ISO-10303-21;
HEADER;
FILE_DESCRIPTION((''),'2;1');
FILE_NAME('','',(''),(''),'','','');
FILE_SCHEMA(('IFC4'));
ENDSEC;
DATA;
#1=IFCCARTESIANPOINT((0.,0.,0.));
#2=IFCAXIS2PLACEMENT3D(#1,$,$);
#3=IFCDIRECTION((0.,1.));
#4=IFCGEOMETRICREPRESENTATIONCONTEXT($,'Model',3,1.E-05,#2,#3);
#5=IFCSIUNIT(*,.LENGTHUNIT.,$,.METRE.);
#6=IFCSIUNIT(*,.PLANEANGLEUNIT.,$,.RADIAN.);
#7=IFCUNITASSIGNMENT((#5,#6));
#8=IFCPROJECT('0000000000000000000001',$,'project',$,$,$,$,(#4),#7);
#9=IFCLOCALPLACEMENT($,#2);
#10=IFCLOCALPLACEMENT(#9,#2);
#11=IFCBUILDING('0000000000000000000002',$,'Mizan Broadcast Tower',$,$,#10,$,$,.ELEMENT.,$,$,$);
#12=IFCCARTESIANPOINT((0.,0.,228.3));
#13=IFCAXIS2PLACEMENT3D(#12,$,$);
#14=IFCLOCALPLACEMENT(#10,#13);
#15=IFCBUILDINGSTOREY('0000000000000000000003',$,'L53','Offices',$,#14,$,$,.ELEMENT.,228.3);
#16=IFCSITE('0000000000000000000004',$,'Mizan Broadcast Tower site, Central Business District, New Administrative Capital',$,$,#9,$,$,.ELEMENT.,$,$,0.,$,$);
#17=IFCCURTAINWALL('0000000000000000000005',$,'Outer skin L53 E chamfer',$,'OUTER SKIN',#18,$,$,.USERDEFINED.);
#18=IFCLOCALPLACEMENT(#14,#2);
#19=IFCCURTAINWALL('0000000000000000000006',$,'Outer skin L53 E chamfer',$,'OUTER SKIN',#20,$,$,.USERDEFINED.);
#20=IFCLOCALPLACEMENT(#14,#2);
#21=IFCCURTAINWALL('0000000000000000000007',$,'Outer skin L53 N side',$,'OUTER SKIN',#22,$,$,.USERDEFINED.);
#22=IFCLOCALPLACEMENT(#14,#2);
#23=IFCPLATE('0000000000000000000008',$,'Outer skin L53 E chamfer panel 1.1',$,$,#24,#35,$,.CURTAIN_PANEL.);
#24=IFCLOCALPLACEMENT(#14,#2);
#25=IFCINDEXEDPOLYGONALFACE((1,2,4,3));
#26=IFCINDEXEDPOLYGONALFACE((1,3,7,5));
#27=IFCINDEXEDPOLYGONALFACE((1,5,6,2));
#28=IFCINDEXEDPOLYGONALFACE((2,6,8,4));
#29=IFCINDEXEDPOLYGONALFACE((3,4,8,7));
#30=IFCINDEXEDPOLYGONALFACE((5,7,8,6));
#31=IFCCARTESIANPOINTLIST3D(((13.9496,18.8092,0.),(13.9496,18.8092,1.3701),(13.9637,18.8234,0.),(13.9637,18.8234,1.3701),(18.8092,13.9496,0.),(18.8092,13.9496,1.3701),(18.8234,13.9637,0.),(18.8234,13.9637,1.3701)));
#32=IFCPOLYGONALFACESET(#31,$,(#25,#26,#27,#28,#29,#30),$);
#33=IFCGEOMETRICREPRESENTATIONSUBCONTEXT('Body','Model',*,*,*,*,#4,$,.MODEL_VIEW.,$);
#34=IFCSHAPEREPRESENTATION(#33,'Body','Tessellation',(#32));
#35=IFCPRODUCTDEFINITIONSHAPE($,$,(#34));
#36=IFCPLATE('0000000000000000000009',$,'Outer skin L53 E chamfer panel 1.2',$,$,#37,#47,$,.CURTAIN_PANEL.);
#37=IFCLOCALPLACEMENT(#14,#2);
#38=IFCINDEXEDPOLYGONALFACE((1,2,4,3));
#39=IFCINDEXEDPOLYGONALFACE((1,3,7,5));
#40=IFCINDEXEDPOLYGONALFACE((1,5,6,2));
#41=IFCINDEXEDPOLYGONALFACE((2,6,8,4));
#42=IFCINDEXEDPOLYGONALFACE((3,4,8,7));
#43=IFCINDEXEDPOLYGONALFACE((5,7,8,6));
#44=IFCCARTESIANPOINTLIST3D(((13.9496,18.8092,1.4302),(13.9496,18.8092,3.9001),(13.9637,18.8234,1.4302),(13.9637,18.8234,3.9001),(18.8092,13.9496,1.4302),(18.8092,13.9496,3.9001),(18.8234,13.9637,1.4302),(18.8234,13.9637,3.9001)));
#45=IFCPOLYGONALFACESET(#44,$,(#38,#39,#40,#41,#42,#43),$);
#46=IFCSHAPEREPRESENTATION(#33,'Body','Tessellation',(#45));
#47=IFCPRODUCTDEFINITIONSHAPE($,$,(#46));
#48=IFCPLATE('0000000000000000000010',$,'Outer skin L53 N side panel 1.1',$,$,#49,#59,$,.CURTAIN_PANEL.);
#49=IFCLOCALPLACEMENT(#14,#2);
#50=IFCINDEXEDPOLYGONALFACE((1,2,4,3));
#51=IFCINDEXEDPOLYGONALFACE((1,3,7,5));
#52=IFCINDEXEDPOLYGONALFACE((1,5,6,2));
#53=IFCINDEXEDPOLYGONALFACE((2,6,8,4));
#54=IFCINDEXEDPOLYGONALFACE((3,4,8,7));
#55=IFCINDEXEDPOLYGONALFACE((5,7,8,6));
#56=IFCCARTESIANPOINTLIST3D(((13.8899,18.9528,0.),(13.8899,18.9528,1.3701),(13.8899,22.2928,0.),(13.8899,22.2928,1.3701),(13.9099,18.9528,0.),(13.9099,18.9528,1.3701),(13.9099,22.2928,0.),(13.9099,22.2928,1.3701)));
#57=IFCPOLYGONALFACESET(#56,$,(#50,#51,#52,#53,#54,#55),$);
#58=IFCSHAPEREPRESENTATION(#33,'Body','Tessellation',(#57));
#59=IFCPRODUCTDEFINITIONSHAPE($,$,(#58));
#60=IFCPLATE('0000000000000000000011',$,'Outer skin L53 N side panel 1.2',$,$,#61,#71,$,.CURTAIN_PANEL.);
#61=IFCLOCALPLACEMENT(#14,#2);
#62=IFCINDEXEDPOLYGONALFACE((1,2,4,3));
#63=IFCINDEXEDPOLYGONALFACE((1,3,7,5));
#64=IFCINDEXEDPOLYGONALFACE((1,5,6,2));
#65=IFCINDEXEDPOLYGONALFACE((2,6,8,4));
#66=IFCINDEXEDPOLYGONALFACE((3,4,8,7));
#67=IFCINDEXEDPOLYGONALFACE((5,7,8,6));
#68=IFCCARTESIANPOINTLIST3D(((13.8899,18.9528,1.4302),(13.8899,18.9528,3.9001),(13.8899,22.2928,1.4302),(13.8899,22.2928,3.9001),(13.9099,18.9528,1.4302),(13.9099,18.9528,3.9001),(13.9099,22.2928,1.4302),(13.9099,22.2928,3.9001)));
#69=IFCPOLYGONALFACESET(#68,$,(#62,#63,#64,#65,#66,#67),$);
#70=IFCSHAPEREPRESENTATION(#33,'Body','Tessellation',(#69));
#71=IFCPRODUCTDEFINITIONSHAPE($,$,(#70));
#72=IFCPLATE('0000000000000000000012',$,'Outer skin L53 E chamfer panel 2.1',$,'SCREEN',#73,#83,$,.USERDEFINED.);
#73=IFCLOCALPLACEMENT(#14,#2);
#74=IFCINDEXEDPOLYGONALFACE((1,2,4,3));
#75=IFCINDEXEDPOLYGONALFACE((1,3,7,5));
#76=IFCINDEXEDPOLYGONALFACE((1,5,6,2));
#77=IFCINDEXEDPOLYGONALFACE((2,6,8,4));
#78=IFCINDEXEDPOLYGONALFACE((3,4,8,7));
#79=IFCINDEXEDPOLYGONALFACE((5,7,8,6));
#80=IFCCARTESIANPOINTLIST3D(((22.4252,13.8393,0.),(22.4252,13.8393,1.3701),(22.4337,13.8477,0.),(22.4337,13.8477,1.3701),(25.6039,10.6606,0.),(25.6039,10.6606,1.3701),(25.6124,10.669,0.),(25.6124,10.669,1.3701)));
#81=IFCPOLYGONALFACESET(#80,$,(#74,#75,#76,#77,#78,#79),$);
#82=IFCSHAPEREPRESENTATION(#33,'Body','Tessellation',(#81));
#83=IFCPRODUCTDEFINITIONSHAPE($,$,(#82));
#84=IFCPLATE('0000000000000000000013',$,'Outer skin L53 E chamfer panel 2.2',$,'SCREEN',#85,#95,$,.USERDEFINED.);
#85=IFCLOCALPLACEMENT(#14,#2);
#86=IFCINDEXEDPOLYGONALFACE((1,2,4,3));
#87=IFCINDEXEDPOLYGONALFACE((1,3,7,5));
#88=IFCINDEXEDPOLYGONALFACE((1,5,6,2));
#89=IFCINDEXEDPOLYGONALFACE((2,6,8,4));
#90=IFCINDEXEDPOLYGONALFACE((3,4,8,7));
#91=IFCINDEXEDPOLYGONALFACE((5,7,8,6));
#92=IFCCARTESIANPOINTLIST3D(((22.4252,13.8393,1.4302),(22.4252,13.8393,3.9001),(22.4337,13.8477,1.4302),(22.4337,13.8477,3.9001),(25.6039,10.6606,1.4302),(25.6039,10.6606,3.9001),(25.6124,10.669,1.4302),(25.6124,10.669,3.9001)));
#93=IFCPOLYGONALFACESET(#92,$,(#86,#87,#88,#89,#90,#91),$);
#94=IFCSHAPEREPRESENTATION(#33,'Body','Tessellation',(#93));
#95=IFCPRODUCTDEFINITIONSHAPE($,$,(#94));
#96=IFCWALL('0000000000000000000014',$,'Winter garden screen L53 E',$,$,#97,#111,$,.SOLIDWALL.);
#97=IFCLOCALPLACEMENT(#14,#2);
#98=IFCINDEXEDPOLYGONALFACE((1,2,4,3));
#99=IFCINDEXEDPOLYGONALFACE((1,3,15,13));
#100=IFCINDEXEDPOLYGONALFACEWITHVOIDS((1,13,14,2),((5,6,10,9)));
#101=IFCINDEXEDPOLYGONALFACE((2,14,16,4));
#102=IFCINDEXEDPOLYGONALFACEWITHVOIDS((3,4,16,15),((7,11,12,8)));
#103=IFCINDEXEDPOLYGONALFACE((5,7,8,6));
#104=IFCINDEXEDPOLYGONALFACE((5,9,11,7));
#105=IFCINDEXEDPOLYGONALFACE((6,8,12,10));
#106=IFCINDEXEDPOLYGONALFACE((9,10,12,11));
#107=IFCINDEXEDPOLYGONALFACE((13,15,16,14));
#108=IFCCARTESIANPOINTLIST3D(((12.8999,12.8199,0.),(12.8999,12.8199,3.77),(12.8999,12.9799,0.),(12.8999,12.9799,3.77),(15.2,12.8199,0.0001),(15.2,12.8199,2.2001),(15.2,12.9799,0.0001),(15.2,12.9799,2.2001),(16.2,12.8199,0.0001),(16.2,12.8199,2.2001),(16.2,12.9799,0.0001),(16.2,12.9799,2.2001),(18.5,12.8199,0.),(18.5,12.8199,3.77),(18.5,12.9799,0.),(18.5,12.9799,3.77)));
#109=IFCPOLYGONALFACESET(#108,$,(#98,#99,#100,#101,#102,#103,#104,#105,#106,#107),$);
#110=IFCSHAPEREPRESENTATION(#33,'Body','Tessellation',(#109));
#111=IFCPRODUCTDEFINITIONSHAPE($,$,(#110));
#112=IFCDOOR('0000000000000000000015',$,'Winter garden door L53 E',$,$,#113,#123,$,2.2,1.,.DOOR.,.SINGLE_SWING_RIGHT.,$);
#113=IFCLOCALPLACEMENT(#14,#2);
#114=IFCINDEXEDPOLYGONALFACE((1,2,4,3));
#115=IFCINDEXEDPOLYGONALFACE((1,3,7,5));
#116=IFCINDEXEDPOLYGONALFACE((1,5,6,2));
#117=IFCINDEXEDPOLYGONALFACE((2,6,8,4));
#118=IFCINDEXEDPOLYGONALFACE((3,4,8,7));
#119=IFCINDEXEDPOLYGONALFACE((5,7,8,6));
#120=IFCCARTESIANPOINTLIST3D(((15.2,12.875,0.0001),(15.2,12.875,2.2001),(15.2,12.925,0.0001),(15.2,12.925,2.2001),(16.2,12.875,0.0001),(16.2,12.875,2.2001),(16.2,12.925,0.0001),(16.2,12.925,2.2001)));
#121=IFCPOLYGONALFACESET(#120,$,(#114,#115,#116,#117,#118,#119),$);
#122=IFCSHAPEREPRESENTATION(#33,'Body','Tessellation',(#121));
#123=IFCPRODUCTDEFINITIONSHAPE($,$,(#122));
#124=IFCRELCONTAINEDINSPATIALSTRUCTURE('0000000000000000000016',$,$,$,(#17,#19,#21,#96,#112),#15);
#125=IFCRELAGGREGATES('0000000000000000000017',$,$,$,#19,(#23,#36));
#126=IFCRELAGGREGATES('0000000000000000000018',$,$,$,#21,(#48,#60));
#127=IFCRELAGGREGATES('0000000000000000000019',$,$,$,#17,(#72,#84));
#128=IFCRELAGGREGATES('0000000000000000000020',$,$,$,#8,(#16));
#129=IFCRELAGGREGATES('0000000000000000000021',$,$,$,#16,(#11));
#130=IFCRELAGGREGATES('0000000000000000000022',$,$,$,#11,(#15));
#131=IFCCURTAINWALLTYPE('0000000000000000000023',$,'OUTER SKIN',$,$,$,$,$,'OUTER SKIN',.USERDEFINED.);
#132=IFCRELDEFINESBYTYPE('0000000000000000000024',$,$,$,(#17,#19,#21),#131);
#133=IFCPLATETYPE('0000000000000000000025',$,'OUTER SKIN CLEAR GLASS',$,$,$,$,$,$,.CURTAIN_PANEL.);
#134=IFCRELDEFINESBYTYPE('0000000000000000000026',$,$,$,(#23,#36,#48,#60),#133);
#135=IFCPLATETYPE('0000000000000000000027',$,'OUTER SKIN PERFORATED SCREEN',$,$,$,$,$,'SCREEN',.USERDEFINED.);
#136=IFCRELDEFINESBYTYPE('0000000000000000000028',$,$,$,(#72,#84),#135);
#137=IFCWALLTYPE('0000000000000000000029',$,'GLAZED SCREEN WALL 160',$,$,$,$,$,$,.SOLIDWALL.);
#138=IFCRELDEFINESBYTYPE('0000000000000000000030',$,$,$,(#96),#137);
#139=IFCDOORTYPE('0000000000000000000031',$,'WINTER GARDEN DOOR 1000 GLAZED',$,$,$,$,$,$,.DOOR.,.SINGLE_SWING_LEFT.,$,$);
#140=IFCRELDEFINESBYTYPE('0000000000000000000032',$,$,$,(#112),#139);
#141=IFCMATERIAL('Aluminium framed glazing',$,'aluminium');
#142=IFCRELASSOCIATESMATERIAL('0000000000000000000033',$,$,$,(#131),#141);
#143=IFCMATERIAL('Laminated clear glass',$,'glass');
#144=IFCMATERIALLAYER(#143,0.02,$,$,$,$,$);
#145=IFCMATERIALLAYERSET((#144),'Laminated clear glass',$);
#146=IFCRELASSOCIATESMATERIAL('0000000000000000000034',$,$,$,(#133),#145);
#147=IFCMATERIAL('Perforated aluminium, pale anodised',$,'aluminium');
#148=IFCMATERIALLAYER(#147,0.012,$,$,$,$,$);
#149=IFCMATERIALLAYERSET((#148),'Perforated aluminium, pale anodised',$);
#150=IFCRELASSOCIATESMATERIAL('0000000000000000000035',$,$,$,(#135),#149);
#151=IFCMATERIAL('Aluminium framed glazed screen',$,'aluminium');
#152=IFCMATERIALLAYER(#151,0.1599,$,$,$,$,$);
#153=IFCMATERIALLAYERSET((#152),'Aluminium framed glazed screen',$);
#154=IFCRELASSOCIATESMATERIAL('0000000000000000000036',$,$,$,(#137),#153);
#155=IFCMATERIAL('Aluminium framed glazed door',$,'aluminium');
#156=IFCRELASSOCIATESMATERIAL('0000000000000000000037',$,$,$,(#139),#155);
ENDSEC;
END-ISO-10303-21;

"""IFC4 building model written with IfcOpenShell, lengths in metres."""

from ifc_helpers import new_model, si_unit, direction, frame, frame_2d, origin, origin_2d, place, context, subcontext, project, spatial, rectangle, extrude, material, layer, layer_set, type_object, element, fill, aggregate, save


model = new_model("IFC4")

# Units and contexts
model_context = context("Model", 3, precision=1e-05, world=origin(), true_north=direction((0.0, 1.0)))
body_context = subcontext(model_context, "Body", "Model", "MODEL_VIEW")
ifc_project = project(units=[si_unit("LENGTHUNIT", "METRE"), si_unit("PLANEANGLEUNIT", "RADIAN")], contexts=[model_context])

# Site, building, storey
site_placement = place(None, origin())
site = spatial("IfcSite", under=ifc_project, at=site_placement, Name="Mizan Broadcast Tower site, Central Business District, New Administrative Capital", CompositionType="ELEMENT", RefElevation=0.0)
building_placement = place(site_placement, origin())
building = spatial("IfcBuilding", under=site, at=building_placement, Name="Mizan Broadcast Tower", CompositionType="ELEMENT")
storey_placement = place(building_placement, frame((0.0, 0.0, 228.3)))
storey = spatial("IfcBuildingStorey", under=building, at=storey_placement, Name="L53", Description="Offices", CompositionType="ELEMENT", Elevation=228.3)

# Curtain walls
ifc_material_1 = material(Name="Aluminium framed glazing", Category="aluminium")
curtain_wall_type_1 = type_object("IfcCurtainWallType", Name="OUTER SKIN", ElementType="OUTER SKIN", PredefinedType="USERDEFINED", material=ifc_material_1)
curtain_wall_1_placement = place(storey_placement, origin())
curtain_wall_1 = element("IfcCurtainWall", 1, at=curtain_wall_1_placement, inside=storey, type_object=curtain_wall_type_1, Name="Outer skin L53 E chamfer", ObjectType="OUTER SKIN", PredefinedType="USERDEFINED")
curtain_wall_2_placement = place(storey_placement, origin())
curtain_wall_2 = element("IfcCurtainWall", 2, at=curtain_wall_2_placement, inside=storey, type_object=curtain_wall_type_1, Name="Outer skin L53 E chamfer", ObjectType="OUTER SKIN", PredefinedType="USERDEFINED")
curtain_wall_3_placement = place(storey_placement, origin())
curtain_wall_3 = element("IfcCurtainWall", 3, at=curtain_wall_3_placement, inside=storey, type_object=curtain_wall_type_1, Name="Outer skin L53 N side", ObjectType="OUTER SKIN", PredefinedType="USERDEFINED")

# Plates
ifc_material_2 = material(Name="Laminated clear glass", Category="glass")
ifc_layer_1 = layer(ifc_material_2, 0.02)
ifc_layer_set_1 = layer_set([ifc_layer_1], Name="Laminated clear glass")
plate_type_1 = type_object("IfcPlateType", Name="OUTER SKIN CLEAR GLASS", PredefinedType="CURTAIN_PANEL", material=ifc_layer_set_1)
plate_1_placement = place(storey_placement, frame((16.3865, 16.3865, 0.0), z_axis=(0.0, 0.0, 1.0), x_axis=(-0.707107, 0.707107, 0.0)))
plate_1 = element("IfcPlate", 4, at=plate_1_placement, type_object=plate_type_1, Name="Outer skin L53 E chamfer panel 1.1", PredefinedType="CURTAIN_PANEL", context=body_context, shape_type="SweptSolid", body=[
    extrude(rectangle(XDim=6.8726, YDim=0.02, at=origin_2d()), origin(), (0.0, 0.0, 1.0), 1.3701),
])
plate_2_placement = place(storey_placement, frame((16.3865, 16.3865, 1.4302), z_axis=(0.0, 0.0, 1.0), x_axis=(-0.707107, 0.707107, 0.0)))
plate_2 = element("IfcPlate", 5, at=plate_2_placement, type_object=plate_type_1, Name="Outer skin L53 E chamfer panel 1.2", PredefinedType="CURTAIN_PANEL", context=body_context, shape_type="SweptSolid", body=[
    extrude(rectangle(XDim=6.8726, YDim=0.02, at=origin_2d()), origin(), (0.0, 0.0, 1.0), 2.47),
])
aggregate(curtain_wall_2, [plate_1, plate_2])
plate_3_placement = place(storey_placement, frame((13.8999, 20.6228, 0.0), z_axis=(0.0, 0.0, 1.0), x_axis=(0.0, 1.0, 0.0)))
plate_3 = element("IfcPlate", 6, at=plate_3_placement, type_object=plate_type_1, Name="Outer skin L53 N side panel 1.1", PredefinedType="CURTAIN_PANEL", context=body_context, shape_type="SweptSolid", body=[
    extrude(rectangle(XDim=3.3401, YDim=0.02, at=origin_2d()), origin(), (0.0, 0.0, 1.0), 1.3701),
])
plate_4_placement = place(storey_placement, frame((13.8999, 20.6228, 1.4302), z_axis=(0.0, 0.0, 1.0), x_axis=(0.0, 1.0, 0.0)))
plate_4 = element("IfcPlate", 7, at=plate_4_placement, type_object=plate_type_1, Name="Outer skin L53 N side panel 1.2", PredefinedType="CURTAIN_PANEL", context=body_context, shape_type="SweptSolid", body=[
    extrude(rectangle(XDim=3.3401, YDim=0.02, at=origin_2d()), origin(), (0.0, 0.0, 1.0), 2.47),
])
aggregate(curtain_wall_3, [plate_3, plate_4])
ifc_material_3 = material(Name="Perforated aluminium, pale anodised", Category="aluminium")
ifc_layer_2 = layer(ifc_material_3, 0.012)
ifc_layer_set_2 = layer_set([ifc_layer_2], Name="Perforated aluminium, pale anodised")
plate_type_2 = type_object("IfcPlateType", Name="OUTER SKIN PERFORATED SCREEN", ElementType="SCREEN", PredefinedType="USERDEFINED", material=ifc_layer_set_2)
plate_5_placement = place(storey_placement, frame((24.0188, 12.2542, 0.0), z_axis=(0.0, 0.0, 1.0), x_axis=(-0.707107, 0.707107, 0.0)))
plate_5 = element("IfcPlate", 8, at=plate_5_placement, type_object=plate_type_2, Name="Outer skin L53 E chamfer panel 2.1", ObjectType="SCREEN", PredefinedType="USERDEFINED", context=body_context, shape_type="SweptSolid", body=[
    extrude(rectangle(XDim=4.4954, YDim=0.012, at=origin_2d()), origin(), (0.0, 0.0, 1.0), 1.3701),
])
plate_6_placement = place(storey_placement, frame((24.0188, 12.2542, 1.4302), z_axis=(0.0, 0.0, 1.0), x_axis=(-0.707107, 0.707107, 0.0)))
plate_6 = element("IfcPlate", 9, at=plate_6_placement, type_object=plate_type_2, Name="Outer skin L53 E chamfer panel 2.2", ObjectType="SCREEN", PredefinedType="USERDEFINED", context=body_context, shape_type="SweptSolid", body=[
    extrude(rectangle(XDim=4.4954, YDim=0.012, at=origin_2d()), origin(), (0.0, 0.0, 1.0), 2.47),
])
aggregate(curtain_wall_1, [plate_5, plate_6])

# Wall, opening, door
ifc_material_4 = material(Name="Aluminium framed glazed screen", Category="aluminium")
ifc_layer_3 = layer(ifc_material_4, 0.1599)
ifc_layer_set_3 = layer_set([ifc_layer_3], Name="Aluminium framed glazed screen")
wall_type = type_object("IfcWallType", Name="GLAZED SCREEN WALL 160", PredefinedType="SOLIDWALL", material=ifc_layer_set_3)
wall_placement = place(storey_placement, frame((18.5, 12.8999, 0.0), z_axis=(0.0, 0.0, 1.0), x_axis=(-1.0, 0.0, 0.0)))
wall = element("IfcWall", 10, at=wall_placement, inside=storey, type_object=wall_type, Name="Winter garden screen L53 E", PredefinedType="SOLIDWALL", context=body_context, shape_type="SweptSolid", body=[
    extrude(rectangle(XDim=5.6001, YDim=0.1599, at=frame_2d((2.8, 0.0))), origin(), (0.0, 0.0, 1.0), 3.77),
])
opening_placement = place(wall_placement, frame((2.3, 0.0, 0.0)))
opening = element("IfcOpeningElement", 11, at=opening_placement, cuts=wall, PredefinedType="OPENING", context=body_context, shape_type="SweptSolid", body=[
    extrude(rectangle(XDim=1.0, YDim=2.2, at=frame_2d((0.5, 1.1001))), frame((0.0, 0.0898, 0.0), z_axis=(0.0, -1.0, 0.0), x_axis=(1.0, 0.0, 0.0)), (0.0, 0.0, 1.0), 0.1799),
])
ifc_material_5 = material(Name="Aluminium framed glazed door", Category="aluminium")
door_type = type_object("IfcDoorType", Name="WINTER GARDEN DOOR 1000 GLAZED", OperationType="SINGLE_SWING_LEFT", PredefinedType="DOOR", material=ifc_material_5)
door_placement = place(opening_placement, origin())
door = element("IfcDoor", 12, at=door_placement, inside=storey, type_object=door_type, Name="Winter garden door L53 E", OperationType="SINGLE_SWING_RIGHT", OverallHeight=2.2, OverallWidth=1.0, PredefinedType="DOOR", context=body_context, shape_type="SweptSolid", body=[
    extrude(rectangle(XDim=1.0, YDim=2.2, at=frame_2d((0.5, 1.1001))), frame((0.0, 0.0249, 0.0), z_axis=(0.0, -1.0, 0.0), x_axis=(1.0, 0.0, 0.0)), (0.0, 0.0, 1.0), 0.05),
])
fill(opening, door)

save(model, "model.ifc")
